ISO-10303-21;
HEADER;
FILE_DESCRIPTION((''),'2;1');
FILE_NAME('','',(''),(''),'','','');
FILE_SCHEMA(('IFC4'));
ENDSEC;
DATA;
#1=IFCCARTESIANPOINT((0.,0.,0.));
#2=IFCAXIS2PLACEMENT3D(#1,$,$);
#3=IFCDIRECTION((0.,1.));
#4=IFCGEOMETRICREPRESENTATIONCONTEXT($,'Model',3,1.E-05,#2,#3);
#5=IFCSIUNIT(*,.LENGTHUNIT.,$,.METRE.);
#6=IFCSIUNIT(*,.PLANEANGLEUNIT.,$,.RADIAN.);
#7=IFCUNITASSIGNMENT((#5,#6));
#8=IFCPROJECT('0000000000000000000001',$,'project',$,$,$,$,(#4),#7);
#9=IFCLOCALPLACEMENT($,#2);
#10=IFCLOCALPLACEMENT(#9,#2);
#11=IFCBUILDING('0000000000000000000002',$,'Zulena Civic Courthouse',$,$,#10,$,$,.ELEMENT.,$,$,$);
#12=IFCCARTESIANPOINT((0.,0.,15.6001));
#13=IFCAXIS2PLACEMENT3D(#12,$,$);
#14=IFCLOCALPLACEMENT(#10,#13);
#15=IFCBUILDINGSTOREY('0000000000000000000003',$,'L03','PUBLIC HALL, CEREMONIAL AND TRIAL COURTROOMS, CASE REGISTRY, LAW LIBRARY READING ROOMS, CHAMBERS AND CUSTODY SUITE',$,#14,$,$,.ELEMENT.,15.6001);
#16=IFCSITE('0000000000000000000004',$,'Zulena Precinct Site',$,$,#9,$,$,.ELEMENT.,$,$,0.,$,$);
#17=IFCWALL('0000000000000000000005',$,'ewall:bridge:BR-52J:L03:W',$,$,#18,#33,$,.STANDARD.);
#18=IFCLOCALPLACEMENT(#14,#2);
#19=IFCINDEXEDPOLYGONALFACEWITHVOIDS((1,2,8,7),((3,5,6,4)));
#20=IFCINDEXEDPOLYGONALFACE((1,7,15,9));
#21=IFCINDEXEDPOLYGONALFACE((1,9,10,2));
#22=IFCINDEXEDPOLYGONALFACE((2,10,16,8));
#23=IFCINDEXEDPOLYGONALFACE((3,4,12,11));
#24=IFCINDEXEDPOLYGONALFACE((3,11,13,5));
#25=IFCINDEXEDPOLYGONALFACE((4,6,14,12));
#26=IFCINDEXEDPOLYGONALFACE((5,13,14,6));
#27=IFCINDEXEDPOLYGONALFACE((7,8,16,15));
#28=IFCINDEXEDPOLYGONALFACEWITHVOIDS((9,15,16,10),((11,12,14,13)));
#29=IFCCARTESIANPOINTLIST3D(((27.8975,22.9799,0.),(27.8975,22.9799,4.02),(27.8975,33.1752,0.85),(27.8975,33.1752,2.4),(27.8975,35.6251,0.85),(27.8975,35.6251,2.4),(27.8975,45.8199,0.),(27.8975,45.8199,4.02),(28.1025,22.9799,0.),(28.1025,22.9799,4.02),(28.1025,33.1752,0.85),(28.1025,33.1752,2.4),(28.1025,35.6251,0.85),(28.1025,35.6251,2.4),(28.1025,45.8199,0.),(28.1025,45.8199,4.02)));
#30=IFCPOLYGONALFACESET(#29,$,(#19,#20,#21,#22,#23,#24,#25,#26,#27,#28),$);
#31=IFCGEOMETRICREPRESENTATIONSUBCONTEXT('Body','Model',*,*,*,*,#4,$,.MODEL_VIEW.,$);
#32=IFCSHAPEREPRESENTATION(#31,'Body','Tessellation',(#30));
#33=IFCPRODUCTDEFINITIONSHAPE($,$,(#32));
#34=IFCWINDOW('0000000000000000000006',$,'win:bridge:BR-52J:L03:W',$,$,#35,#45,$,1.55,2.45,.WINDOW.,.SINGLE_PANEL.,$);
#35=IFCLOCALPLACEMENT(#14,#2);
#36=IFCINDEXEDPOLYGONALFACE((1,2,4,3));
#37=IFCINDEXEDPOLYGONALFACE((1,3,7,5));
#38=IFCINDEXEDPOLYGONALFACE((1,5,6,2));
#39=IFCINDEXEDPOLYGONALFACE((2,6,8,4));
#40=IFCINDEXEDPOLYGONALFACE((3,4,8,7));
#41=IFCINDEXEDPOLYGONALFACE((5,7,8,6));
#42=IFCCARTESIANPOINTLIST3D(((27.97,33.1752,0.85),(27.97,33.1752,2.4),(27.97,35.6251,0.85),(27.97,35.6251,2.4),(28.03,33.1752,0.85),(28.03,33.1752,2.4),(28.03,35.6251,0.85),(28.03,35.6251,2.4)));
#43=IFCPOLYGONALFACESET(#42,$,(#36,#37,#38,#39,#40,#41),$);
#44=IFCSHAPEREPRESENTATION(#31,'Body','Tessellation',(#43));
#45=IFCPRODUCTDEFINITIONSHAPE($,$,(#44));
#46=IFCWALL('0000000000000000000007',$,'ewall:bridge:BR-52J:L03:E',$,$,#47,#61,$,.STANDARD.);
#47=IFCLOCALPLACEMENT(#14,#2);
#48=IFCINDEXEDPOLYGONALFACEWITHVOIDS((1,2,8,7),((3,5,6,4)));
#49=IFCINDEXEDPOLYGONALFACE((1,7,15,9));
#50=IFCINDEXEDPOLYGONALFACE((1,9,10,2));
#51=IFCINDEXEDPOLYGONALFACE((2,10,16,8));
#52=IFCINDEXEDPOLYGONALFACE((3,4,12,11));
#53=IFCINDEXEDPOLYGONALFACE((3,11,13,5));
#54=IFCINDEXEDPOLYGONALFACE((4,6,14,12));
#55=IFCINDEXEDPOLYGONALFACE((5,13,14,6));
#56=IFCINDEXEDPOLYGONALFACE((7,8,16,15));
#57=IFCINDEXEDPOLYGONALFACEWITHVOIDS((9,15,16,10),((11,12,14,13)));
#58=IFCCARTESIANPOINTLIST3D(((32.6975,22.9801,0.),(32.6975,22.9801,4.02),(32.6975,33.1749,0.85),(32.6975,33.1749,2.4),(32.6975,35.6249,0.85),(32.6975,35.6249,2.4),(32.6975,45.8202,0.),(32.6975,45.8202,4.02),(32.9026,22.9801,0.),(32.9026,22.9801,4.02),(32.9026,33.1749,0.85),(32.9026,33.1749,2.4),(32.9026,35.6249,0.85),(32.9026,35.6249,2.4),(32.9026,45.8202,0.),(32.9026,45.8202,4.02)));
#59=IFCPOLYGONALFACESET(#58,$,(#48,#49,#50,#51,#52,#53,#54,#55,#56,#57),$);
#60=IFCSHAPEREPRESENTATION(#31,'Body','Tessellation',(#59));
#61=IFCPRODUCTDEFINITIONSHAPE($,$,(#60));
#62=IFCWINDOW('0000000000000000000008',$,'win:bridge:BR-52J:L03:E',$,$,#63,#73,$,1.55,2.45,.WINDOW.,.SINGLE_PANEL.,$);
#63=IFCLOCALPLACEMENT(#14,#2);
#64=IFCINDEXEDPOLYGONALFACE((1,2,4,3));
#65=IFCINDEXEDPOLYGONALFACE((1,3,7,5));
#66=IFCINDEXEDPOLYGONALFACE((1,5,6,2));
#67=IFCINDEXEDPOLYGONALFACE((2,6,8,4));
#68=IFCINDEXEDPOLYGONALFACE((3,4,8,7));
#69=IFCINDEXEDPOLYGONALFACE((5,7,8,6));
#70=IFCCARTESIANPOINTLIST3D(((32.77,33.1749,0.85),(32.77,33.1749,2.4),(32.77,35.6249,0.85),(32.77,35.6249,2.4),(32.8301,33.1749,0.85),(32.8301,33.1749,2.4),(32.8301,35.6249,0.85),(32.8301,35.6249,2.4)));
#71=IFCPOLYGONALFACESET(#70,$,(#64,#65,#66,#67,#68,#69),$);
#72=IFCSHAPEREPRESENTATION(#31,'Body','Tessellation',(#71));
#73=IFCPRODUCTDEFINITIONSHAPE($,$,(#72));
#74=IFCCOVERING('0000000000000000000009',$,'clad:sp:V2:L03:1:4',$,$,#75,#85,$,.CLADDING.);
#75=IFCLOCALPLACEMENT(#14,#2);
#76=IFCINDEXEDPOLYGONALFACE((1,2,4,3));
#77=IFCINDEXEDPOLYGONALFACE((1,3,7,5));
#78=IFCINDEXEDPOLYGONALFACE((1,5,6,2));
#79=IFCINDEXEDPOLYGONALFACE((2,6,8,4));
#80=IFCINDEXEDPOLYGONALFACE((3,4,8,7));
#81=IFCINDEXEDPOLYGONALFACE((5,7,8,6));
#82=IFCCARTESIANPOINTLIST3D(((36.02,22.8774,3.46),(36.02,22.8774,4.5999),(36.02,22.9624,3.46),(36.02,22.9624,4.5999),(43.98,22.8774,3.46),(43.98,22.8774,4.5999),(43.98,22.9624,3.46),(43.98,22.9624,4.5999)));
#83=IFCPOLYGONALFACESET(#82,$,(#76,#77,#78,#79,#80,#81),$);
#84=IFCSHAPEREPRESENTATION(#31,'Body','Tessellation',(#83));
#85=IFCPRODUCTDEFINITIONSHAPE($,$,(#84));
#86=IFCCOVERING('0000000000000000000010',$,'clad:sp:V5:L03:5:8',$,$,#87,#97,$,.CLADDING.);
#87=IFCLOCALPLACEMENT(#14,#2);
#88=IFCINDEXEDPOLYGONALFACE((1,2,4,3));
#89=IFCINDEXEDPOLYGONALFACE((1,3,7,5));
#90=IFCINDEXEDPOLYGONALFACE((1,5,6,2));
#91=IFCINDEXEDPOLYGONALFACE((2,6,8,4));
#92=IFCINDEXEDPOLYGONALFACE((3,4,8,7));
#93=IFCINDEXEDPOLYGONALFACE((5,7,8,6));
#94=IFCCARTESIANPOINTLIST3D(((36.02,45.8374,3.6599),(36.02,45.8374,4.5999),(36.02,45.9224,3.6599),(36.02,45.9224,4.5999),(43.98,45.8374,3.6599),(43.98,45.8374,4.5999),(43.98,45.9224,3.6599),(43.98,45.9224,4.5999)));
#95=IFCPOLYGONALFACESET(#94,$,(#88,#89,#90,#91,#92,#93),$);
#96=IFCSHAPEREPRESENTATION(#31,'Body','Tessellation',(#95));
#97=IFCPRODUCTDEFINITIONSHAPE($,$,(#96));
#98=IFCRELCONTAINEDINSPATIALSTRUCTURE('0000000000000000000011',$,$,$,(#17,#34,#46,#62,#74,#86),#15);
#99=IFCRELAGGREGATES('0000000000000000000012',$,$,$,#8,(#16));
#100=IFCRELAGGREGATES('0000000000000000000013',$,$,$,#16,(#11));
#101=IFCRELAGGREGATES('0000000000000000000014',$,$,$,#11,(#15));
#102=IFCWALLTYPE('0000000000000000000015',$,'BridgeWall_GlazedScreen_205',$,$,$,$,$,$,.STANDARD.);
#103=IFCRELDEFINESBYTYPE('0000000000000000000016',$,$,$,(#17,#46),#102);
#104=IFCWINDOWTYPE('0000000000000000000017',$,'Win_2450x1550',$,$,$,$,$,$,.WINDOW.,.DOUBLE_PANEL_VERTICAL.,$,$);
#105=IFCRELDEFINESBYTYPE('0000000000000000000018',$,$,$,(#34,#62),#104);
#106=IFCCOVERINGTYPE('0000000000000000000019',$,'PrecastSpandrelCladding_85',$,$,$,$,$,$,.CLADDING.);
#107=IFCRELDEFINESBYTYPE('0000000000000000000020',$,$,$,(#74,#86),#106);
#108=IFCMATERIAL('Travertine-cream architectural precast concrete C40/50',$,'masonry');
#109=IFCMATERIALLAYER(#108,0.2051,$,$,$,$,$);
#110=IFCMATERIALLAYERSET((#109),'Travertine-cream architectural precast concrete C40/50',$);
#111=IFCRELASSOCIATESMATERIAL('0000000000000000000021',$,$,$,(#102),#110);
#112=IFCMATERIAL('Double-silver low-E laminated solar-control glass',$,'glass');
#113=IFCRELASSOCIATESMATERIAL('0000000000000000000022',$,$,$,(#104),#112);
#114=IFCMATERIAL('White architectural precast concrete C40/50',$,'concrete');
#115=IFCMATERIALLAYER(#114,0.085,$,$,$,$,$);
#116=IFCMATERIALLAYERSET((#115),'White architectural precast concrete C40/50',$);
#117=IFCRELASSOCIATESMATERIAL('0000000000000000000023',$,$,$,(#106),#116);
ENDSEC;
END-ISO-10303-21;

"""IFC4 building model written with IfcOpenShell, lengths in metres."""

from ifc_helpers import new_model, si_unit, direction, frame, frame_2d, origin, origin_2d, place, context, subcontext, project, spatial, rectangle, extrude, material, layer, layer_set, type_object, element, fill, save


model = new_model("IFC4")

# Units and contexts
model_context = context("Model", 3, precision=1e-05, world=origin(), true_north=direction((0.0, 1.0)))
body_context = subcontext(model_context, "Body", "Model", "MODEL_VIEW")
ifc_project = project(units=[si_unit("LENGTHUNIT", "METRE"), si_unit("PLANEANGLEUNIT", "RADIAN")], contexts=[model_context])

# Site, building, storey
site_placement = place(None, origin())
site = spatial("IfcSite", under=ifc_project, at=site_placement, Name="Zulena Precinct Site", CompositionType="ELEMENT", RefElevation=0.0)
building_placement = place(site_placement, origin())
building = spatial("IfcBuilding", under=site, at=building_placement, Name="Zulena Civic Courthouse", CompositionType="ELEMENT")
storey_placement = place(building_placement, frame((0.0, 0.0, 15.6001)))
storey = spatial("IfcBuildingStorey", under=building, at=storey_placement, Name="L03", Description="PUBLIC HALL, CEREMONIAL AND TRIAL COURTROOMS, CASE REGISTRY, LAW LIBRARY READING ROOMS, CHAMBERS AND CUSTODY SUITE", CompositionType="ELEMENT", Elevation=15.6001)

# Walls, openings, windows
ifc_material_1 = material(Name="Travertine-cream architectural precast concrete C40/50", Category="masonry")
ifc_layer_1 = layer(ifc_material_1, 0.2051)
ifc_layer_set_1 = layer_set([ifc_layer_1], Name="Travertine-cream architectural precast concrete C40/50")
wall_type = type_object("IfcWallType", Name="BridgeWall_GlazedScreen_205", PredefinedType="STANDARD", material=ifc_layer_set_1)
wall_1_placement = place(storey_placement, frame((28.0, 22.98, 0.0), z_axis=(0.0, 0.0, 1.0), x_axis=(0.0, 1.0, 0.0)))
wall_1 = element("IfcWall", 1, at=wall_1_placement, inside=storey, type_object=wall_type, Name="ewall:bridge:BR-52J:L03:W", PredefinedType="STANDARD", context=body_context, shape_type="SweptSolid", body=[
    extrude(rectangle(XDim=22.8401, YDim=0.2051, at=frame_2d((11.4199, 0.0))), origin(), (0.0, 0.0, 1.0), 4.02),
])
opening_1_placement = place(wall_1_placement, frame((10.1951, 0.0, 0.8501)))
opening_1 = element("IfcOpeningElement", 2, at=opening_1_placement, cuts=wall_1, PredefinedType="OPENING", context=body_context, shape_type="SweptSolid", body=[
    extrude(rectangle(XDim=2.45, YDim=1.55, at=frame_2d((1.2251, 0.7749))), frame((0.0, 0.1125, 0.0), z_axis=(0.0, -1.0, 0.0), x_axis=(1.0, 0.0, 0.0)), (0.0, 0.0, 1.0), 0.2251),
])
ifc_material_2 = material(Name="Double-silver low-E laminated solar-control glass", Category="glass")
window_type = type_object("IfcWindowType", Name="Win_2450x1550", PartitioningType="DOUBLE_PANEL_VERTICAL", PredefinedType="WINDOW", material=ifc_material_2)
window_1_placement = place(opening_1_placement, origin())
window_1 = element("IfcWindow", 3, at=window_1_placement, inside=storey, type_object=window_type, Name="win:bridge:BR-52J:L03:W", OverallHeight=1.55, OverallWidth=2.45, PartitioningType="SINGLE_PANEL", PredefinedType="WINDOW", context=body_context, shape_type="SweptSolid", body=[
    extrude(rectangle(XDim=2.45, YDim=1.55, at=frame_2d((1.2251, 0.7749))), frame((0.0, 0.03, 0.0), z_axis=(0.0, -1.0, 0.0), x_axis=(1.0, 0.0, 0.0)), (0.0, 0.0, 1.0), 0.0601),
])
fill(opening_1, window_1)
wall_2_placement = place(storey_placement, frame((32.8, 45.8201, 0.0), z_axis=(0.0, 0.0, 1.0), x_axis=(0.0, -1.0, 0.0)))
wall_2 = element("IfcWall", 4, at=wall_2_placement, inside=storey, type_object=wall_type, Name="ewall:bridge:BR-52J:L03:E", PredefinedType="STANDARD", context=body_context, shape_type="SweptSolid", body=[
    extrude(rectangle(XDim=22.8401, YDim=0.2051, at=frame_2d((11.4199, 0.0))), origin(), (0.0, 0.0, 1.0), 4.02),
])
opening_2_placement = place(wall_2_placement, frame((10.1951, 0.0, 0.8501)))
opening_2 = element("IfcOpeningElement", 5, at=opening_2_placement, cuts=wall_2, PredefinedType="OPENING", context=body_context, shape_type="SweptSolid", body=[
    extrude(rectangle(XDim=2.45, YDim=1.55, at=frame_2d((1.2251, 0.7749))), frame((0.0, 0.1125, 0.0), z_axis=(0.0, -1.0, 0.0), x_axis=(1.0, 0.0, 0.0)), (0.0, 0.0, 1.0), 0.2251),
])
window_2_placement = place(opening_2_placement, origin())
window_2 = element("IfcWindow", 6, at=window_2_placement, inside=storey, type_object=window_type, Name="win:bridge:BR-52J:L03:E", OverallHeight=1.55, OverallWidth=2.45, PartitioningType="SINGLE_PANEL", PredefinedType="WINDOW", context=body_context, shape_type="SweptSolid", body=[
    extrude(rectangle(XDim=2.45, YDim=1.55, at=frame_2d((1.2251, 0.7749))), frame((0.0, 0.03, 0.0), z_axis=(0.0, -1.0, 0.0), x_axis=(1.0, 0.0, 0.0)), (0.0, 0.0, 1.0), 0.0601),
])
fill(opening_2, window_2)

# Coverings
ifc_material_3 = material(Name="White architectural precast concrete C40/50", Category="concrete")
ifc_layer_2 = layer(ifc_material_3, 0.085)
ifc_layer_set_2 = layer_set([ifc_layer_2], Name="White architectural precast concrete C40/50")
covering_type = type_object("IfcCoveringType", Name="PrecastSpandrelCladding_85", PredefinedType="CLADDING", material=ifc_layer_set_2)
covering_1_placement = place(storey_placement, frame((40.0, 22.9199, 3.46), z_axis=(0.0, 0.0, 1.0), x_axis=(1.0, 0.0, 0.0)))
element("IfcCovering", 7, at=covering_1_placement, inside=storey, type_object=covering_type, Name="clad:sp:V2:L03:1:4", PredefinedType="CLADDING", context=body_context, shape_type="SweptSolid", body=[
    extrude(rectangle(XDim=7.96, YDim=0.085, at=origin_2d()), origin(), (0.0, 0.0, 1.0), 1.1399),
])
covering_2_placement = place(storey_placement, frame((40.0, 45.8799, 3.6599), z_axis=(0.0, 0.0, 1.0), x_axis=(-1.0, 0.0, 0.0)))
element("IfcCovering", 8, at=covering_2_placement, inside=storey, type_object=covering_type, Name="clad:sp:V5:L03:5:8", PredefinedType="CLADDING", context=body_context, shape_type="SweptSolid", body=[
    extrude(rectangle(XDim=7.96, YDim=0.085, at=origin_2d()), origin(), (0.0, 0.0, 1.0), 0.9399),
])

save(model, "model.ifc")
